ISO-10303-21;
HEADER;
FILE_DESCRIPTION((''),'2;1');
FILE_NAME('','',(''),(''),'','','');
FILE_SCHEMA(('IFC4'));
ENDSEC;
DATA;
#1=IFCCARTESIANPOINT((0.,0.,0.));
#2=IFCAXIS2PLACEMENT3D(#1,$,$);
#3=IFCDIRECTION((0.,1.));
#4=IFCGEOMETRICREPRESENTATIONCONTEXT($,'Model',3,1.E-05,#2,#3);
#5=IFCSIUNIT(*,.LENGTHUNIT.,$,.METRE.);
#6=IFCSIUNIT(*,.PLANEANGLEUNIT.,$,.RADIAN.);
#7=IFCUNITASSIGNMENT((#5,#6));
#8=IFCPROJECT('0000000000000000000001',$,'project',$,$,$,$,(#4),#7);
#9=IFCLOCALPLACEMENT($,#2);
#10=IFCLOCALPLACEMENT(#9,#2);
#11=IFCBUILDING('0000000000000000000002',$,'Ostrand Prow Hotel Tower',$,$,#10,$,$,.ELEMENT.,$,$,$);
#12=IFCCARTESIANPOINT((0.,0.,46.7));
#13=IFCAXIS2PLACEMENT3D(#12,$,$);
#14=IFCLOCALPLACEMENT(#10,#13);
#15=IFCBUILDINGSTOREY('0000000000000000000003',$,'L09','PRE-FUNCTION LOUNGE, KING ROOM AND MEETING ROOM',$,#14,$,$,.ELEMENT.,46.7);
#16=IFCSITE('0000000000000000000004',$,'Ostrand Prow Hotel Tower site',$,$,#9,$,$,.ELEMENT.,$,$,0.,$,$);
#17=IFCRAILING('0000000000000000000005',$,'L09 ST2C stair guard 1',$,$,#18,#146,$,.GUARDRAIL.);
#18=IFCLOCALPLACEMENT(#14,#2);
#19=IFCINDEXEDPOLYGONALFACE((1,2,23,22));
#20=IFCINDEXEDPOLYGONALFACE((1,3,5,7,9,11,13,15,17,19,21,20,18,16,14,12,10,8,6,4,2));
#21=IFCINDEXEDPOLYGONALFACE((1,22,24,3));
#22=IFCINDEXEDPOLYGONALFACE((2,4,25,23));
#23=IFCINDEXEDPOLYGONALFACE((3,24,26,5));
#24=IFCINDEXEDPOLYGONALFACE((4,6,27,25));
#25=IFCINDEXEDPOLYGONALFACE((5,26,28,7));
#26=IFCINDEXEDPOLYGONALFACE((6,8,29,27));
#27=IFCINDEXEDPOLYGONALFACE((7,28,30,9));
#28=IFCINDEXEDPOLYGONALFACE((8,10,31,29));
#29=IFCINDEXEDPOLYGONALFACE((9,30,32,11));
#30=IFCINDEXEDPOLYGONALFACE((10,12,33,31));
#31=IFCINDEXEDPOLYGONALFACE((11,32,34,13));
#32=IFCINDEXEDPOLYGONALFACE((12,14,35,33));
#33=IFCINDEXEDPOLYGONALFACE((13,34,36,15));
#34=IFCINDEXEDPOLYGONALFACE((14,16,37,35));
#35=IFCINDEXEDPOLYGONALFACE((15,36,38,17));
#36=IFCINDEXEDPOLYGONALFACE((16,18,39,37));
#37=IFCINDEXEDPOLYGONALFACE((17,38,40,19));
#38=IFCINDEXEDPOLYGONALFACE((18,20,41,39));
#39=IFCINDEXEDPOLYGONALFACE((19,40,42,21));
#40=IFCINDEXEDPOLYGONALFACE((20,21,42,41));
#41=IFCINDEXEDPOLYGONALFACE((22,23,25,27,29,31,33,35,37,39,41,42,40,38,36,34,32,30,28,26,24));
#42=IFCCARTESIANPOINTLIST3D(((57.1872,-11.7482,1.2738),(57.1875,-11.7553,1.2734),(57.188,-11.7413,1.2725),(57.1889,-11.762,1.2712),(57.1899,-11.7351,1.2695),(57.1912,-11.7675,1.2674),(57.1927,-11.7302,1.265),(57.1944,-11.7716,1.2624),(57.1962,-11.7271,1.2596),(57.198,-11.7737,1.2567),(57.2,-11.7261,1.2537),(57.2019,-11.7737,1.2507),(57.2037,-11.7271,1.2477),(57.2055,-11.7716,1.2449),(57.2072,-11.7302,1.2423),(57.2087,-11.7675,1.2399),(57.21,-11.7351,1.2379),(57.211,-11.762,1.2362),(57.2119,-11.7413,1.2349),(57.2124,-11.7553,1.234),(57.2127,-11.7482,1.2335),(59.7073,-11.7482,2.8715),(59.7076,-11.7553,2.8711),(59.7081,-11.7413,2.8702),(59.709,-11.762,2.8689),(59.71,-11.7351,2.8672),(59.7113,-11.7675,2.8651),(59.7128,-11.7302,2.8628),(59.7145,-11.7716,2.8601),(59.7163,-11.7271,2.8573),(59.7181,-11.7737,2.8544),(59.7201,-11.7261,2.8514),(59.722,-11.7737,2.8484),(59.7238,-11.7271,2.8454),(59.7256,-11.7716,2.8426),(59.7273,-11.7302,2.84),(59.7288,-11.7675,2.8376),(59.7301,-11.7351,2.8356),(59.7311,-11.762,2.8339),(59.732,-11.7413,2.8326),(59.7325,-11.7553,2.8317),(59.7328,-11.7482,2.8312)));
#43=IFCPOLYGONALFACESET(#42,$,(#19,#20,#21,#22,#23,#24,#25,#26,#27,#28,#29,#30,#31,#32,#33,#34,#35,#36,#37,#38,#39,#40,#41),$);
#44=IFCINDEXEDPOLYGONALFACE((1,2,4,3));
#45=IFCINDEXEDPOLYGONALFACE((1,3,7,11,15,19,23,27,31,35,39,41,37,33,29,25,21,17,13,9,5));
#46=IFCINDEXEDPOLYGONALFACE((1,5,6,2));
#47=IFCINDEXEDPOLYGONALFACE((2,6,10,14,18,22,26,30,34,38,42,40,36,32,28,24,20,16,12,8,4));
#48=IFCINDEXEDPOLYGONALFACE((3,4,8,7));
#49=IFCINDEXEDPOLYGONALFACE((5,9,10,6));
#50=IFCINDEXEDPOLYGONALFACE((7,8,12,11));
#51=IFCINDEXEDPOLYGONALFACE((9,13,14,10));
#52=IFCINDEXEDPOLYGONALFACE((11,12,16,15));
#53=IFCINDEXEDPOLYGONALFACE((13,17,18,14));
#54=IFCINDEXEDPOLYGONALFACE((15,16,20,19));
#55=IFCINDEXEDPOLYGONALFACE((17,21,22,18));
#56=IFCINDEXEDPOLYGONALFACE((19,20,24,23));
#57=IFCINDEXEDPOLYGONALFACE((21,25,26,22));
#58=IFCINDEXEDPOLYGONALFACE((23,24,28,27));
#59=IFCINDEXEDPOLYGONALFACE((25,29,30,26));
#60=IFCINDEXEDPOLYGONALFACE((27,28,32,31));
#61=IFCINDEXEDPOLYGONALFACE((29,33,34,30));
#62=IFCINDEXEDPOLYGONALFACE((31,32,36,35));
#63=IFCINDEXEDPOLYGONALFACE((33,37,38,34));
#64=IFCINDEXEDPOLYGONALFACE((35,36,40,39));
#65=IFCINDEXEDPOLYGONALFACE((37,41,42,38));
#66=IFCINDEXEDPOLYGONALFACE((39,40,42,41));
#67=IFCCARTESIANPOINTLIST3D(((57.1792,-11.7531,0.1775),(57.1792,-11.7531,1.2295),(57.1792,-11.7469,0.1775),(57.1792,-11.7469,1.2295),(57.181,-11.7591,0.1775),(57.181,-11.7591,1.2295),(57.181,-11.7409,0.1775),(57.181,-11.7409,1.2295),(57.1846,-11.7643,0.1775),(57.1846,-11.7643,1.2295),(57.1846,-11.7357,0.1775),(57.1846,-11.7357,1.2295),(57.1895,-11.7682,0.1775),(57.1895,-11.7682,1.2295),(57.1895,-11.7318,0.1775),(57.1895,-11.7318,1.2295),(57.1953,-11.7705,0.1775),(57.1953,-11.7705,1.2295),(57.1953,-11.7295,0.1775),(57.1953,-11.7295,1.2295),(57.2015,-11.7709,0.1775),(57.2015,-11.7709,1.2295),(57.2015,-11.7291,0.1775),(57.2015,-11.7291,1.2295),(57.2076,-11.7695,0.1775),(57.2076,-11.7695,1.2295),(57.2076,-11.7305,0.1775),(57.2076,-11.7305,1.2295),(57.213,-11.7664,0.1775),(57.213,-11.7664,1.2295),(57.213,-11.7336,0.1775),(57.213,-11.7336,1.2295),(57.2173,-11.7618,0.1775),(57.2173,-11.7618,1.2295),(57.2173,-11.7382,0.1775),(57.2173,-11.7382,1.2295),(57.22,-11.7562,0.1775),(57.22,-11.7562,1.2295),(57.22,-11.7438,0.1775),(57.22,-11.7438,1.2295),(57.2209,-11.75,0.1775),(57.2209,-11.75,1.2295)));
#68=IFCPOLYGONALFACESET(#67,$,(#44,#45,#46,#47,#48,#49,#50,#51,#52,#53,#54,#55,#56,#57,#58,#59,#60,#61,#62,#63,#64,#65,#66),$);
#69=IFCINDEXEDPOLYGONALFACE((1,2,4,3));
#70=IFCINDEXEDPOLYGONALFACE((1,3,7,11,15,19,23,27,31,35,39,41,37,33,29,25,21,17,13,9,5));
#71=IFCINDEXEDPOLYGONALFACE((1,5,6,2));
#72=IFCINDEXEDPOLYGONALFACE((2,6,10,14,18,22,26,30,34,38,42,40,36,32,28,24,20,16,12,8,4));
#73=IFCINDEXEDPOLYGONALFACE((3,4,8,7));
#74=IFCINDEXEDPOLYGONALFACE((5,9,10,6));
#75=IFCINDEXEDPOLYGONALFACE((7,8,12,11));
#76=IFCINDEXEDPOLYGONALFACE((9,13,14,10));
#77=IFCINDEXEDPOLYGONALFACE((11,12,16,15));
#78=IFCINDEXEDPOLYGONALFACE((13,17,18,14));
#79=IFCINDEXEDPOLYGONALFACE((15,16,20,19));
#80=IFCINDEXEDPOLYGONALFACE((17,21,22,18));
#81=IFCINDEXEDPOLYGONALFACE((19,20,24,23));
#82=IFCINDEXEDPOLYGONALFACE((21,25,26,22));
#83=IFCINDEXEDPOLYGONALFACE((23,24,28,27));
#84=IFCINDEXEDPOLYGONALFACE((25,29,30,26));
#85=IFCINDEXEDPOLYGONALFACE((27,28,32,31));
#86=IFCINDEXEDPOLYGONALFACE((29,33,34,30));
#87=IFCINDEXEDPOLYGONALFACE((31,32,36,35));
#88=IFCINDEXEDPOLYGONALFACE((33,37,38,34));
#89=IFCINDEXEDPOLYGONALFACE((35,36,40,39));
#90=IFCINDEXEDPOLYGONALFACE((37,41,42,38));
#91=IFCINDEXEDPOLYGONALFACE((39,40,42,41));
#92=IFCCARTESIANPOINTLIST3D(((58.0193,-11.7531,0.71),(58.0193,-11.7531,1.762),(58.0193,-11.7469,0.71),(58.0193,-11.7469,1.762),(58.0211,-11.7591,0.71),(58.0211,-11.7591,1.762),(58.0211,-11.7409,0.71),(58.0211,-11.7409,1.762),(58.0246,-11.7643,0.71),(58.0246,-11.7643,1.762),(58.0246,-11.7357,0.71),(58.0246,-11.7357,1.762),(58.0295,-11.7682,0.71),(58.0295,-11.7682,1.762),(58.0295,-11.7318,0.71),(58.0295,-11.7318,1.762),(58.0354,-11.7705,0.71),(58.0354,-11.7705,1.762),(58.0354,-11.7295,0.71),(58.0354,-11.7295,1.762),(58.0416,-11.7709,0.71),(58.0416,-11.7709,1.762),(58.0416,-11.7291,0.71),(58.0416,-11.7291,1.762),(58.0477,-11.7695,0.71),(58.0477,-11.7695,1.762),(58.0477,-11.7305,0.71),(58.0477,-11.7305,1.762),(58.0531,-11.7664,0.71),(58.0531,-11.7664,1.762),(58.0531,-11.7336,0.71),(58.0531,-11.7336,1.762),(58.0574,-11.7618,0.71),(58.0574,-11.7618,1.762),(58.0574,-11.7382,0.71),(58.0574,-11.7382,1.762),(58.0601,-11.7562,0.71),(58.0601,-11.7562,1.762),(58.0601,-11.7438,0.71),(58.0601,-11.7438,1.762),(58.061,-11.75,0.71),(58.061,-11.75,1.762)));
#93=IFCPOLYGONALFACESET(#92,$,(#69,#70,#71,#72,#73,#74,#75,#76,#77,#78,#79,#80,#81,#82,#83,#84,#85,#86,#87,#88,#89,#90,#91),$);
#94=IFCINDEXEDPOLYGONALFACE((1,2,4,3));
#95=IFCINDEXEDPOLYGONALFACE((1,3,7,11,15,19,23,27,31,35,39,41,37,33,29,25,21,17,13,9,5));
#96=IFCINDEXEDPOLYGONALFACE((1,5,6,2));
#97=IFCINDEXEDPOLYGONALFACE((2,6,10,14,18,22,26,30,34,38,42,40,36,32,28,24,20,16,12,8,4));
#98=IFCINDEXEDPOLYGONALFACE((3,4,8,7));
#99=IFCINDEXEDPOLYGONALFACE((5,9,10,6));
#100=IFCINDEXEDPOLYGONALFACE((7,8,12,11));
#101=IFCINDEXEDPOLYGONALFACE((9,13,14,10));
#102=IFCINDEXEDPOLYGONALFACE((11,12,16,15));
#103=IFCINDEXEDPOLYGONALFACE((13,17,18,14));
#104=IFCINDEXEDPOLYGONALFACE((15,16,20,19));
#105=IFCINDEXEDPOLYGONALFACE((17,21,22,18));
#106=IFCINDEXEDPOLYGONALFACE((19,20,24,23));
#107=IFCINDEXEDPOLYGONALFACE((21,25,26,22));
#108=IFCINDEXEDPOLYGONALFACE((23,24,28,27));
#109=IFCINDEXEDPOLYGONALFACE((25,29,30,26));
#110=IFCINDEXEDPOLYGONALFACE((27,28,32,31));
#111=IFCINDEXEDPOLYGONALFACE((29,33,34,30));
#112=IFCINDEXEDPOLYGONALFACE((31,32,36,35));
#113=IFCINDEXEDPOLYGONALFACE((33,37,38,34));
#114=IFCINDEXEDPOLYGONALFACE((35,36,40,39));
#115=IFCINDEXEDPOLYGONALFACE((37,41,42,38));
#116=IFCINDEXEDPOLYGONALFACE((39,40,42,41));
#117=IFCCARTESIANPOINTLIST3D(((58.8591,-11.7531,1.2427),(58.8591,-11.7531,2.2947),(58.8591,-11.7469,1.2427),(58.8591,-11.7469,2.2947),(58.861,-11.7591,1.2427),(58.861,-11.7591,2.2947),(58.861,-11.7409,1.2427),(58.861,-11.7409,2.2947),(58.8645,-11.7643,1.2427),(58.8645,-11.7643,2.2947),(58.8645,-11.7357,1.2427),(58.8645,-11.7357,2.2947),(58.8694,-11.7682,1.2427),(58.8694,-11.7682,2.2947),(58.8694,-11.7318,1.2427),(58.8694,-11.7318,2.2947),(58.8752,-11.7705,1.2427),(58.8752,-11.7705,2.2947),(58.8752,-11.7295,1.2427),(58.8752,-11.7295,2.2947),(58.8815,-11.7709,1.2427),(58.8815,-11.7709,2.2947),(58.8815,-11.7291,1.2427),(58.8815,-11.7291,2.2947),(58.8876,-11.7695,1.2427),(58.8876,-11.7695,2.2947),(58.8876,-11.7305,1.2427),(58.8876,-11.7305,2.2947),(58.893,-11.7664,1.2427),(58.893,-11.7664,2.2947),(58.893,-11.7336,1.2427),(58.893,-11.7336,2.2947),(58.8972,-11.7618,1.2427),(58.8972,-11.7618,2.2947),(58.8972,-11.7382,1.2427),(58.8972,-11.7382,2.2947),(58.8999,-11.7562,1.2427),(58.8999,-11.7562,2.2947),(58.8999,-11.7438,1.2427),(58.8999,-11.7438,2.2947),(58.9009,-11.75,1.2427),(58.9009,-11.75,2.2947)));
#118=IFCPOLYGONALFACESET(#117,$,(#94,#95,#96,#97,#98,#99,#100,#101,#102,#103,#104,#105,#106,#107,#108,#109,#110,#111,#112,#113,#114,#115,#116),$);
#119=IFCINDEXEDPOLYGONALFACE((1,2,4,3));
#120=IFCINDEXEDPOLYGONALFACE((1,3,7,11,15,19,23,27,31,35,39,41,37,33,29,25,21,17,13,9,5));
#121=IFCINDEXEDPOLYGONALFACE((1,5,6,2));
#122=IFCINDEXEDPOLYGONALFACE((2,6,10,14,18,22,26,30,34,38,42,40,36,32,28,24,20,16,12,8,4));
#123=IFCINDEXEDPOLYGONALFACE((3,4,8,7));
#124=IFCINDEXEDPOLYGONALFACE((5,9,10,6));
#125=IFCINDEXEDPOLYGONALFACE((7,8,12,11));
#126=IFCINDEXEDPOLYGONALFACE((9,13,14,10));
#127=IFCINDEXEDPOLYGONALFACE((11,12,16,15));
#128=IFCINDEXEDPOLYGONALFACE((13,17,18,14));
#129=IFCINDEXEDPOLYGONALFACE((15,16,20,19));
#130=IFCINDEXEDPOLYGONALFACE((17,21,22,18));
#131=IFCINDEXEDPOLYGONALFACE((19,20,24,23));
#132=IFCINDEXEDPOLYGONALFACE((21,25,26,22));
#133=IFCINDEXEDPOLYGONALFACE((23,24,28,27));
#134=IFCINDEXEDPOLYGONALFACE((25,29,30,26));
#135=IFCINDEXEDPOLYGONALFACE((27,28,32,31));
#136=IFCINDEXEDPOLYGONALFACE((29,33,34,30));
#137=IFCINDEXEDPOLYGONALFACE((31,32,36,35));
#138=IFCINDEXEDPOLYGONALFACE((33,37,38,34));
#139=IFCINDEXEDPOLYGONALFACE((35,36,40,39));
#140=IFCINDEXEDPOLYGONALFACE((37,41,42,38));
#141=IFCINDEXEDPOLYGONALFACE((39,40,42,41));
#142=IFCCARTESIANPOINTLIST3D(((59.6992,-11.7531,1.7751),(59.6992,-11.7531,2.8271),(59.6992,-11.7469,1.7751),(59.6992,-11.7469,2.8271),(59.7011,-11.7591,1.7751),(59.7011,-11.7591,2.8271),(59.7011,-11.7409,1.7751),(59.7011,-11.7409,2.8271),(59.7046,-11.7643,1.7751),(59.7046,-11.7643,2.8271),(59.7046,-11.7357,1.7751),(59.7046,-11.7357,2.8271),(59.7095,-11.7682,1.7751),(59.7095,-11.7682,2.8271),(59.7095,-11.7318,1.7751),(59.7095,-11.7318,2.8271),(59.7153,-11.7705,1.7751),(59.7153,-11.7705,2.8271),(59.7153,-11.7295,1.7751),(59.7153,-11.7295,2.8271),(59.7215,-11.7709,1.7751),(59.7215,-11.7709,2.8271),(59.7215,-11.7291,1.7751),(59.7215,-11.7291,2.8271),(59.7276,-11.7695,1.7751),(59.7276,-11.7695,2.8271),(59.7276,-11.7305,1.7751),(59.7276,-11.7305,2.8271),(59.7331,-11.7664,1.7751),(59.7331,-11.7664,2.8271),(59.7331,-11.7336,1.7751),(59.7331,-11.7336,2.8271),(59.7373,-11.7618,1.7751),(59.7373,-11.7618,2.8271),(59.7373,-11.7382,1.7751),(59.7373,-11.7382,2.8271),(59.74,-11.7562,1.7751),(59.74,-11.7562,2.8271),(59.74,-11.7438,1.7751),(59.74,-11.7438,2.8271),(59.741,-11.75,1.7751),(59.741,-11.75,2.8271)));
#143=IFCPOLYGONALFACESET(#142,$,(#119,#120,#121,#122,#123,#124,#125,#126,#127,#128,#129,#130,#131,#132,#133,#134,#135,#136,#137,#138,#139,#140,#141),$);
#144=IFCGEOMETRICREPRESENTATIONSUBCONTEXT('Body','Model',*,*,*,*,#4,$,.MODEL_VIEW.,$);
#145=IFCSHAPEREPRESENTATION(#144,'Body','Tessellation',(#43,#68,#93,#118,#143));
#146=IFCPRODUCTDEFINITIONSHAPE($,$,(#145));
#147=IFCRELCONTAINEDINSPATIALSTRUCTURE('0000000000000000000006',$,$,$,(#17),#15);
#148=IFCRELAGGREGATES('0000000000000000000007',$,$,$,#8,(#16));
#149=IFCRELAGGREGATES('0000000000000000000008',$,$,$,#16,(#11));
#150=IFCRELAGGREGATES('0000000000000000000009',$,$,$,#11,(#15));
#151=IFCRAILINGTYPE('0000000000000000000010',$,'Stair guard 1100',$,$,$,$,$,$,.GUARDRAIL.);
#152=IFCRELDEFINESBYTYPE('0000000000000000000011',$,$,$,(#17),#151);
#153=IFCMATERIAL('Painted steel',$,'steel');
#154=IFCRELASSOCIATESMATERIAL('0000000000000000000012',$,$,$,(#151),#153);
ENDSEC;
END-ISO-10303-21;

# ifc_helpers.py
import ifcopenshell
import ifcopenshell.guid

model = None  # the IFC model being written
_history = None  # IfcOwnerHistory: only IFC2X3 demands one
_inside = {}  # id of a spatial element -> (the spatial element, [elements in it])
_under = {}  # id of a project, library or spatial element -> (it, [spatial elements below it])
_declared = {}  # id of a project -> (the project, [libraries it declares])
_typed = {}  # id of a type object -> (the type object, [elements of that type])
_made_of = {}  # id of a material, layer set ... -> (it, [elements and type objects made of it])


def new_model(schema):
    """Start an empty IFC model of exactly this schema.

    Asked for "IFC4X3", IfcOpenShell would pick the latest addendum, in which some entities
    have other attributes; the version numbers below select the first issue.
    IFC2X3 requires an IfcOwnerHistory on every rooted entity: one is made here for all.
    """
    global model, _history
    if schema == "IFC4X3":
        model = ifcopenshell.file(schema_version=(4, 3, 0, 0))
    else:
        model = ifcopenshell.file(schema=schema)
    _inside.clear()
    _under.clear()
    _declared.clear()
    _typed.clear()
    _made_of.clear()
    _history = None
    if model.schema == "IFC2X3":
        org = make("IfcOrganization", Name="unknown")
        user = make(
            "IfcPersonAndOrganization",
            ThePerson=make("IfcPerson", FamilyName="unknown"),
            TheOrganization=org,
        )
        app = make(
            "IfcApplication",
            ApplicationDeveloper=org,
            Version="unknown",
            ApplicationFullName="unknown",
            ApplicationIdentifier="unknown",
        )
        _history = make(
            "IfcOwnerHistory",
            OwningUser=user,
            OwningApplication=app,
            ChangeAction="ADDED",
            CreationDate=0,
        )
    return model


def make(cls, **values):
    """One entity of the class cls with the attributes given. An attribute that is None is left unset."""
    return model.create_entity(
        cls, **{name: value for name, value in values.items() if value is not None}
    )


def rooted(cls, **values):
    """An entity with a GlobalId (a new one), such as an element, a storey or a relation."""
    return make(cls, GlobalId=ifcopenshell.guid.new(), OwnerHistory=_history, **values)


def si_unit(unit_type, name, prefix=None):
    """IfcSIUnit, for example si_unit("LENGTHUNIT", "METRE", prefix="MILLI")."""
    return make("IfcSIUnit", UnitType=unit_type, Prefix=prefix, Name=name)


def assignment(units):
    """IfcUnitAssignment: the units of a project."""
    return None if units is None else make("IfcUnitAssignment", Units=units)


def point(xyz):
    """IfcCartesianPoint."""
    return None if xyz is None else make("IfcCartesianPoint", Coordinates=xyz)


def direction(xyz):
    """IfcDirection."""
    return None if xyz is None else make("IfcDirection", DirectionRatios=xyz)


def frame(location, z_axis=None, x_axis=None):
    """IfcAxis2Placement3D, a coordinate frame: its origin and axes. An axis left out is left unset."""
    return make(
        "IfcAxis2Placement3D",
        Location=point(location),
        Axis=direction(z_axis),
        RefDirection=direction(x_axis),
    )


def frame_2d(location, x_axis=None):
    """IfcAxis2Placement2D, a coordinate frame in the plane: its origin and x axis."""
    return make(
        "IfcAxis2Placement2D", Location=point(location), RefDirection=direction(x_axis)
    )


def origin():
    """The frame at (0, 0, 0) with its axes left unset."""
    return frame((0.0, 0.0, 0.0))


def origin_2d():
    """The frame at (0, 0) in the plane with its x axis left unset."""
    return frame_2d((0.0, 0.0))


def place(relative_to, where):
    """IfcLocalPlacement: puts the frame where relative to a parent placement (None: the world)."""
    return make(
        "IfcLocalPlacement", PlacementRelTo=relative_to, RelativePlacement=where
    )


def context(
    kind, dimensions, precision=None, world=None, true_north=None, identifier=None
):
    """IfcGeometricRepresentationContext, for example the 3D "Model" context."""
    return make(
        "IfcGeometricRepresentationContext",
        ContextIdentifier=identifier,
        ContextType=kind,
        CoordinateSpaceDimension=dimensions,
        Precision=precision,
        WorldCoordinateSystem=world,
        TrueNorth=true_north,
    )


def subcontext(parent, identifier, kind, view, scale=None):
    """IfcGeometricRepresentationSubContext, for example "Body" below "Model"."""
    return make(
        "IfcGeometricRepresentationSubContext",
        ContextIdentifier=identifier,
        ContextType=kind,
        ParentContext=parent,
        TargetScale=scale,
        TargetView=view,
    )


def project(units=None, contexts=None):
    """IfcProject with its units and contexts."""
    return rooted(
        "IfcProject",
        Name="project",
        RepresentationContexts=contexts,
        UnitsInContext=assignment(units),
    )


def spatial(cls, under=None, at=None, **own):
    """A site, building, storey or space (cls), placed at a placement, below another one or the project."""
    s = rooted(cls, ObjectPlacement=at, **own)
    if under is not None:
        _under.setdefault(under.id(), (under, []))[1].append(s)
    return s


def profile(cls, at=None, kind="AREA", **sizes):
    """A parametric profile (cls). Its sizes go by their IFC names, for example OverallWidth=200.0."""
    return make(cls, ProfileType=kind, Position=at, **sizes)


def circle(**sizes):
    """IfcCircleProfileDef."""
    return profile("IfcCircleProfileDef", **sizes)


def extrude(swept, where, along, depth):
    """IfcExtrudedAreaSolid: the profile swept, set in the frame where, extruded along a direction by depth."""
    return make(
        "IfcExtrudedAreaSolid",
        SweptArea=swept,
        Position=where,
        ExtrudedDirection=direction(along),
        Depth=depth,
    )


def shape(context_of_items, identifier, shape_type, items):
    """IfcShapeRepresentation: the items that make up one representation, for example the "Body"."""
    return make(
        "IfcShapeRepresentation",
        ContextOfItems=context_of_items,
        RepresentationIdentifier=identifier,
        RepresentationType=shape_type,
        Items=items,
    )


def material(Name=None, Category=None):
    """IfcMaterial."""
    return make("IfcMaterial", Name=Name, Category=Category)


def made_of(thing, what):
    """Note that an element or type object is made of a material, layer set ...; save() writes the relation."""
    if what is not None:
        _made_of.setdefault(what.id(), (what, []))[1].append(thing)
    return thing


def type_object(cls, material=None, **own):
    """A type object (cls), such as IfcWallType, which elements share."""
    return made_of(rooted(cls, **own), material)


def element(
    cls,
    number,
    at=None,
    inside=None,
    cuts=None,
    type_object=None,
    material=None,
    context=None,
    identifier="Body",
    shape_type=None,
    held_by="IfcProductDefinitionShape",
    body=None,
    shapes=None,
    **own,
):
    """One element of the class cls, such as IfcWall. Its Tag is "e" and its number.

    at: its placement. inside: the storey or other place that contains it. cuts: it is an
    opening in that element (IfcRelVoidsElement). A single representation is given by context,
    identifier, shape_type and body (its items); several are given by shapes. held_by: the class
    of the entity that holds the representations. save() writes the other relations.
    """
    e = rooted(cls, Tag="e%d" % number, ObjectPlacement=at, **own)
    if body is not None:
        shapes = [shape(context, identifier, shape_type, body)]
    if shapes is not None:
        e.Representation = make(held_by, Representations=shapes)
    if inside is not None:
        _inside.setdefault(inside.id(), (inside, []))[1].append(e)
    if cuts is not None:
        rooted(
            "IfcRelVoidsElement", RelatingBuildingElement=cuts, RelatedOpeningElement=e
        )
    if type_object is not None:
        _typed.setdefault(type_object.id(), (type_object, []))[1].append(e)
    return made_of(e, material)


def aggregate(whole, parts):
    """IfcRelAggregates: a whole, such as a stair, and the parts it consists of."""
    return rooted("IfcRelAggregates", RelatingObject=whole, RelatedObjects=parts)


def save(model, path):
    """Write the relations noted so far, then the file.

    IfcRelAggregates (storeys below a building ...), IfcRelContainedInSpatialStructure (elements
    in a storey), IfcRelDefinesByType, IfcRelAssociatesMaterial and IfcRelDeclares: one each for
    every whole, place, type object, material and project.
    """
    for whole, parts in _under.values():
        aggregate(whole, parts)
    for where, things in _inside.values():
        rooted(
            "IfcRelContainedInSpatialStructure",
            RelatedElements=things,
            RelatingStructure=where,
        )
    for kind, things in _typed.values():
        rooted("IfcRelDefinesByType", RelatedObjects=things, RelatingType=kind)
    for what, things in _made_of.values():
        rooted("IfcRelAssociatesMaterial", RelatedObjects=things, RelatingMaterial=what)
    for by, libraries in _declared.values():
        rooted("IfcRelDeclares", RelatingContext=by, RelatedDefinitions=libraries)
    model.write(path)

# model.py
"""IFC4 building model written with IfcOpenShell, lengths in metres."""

from ifc_helpers import new_model, si_unit, direction, frame, origin, origin_2d, place, context, subcontext, project, spatial, circle, extrude, material, type_object, element, save


model = new_model("IFC4")

# Units and contexts
model_context = context("Model", 3, precision=1e-05, world=origin(), true_north=direction((0.0, 1.0)))
body_context = subcontext(model_context, "Body", "Model", "MODEL_VIEW")
ifc_project = project(units=[si_unit("LENGTHUNIT", "METRE"), si_unit("PLANEANGLEUNIT", "RADIAN")], contexts=[model_context])

# Site, building, storey
site_placement = place(None, origin())
site = spatial("IfcSite", under=ifc_project, at=site_placement, Name="Ostrand Prow Hotel Tower site", CompositionType="ELEMENT", RefElevation=0.0)
building_placement = place(site_placement, origin())
building = spatial("IfcBuilding", under=site, at=building_placement, Name="Ostrand Prow Hotel Tower", CompositionType="ELEMENT")
storey_placement = place(building_placement, frame((0.0, 0.0, 46.7)))
storey = spatial("IfcBuildingStorey", under=building, at=storey_placement, Name="L09", Description="PRE-FUNCTION LOUNGE, KING ROOM AND MEETING ROOM", CompositionType="ELEMENT", Elevation=46.7)

# Railing
ifc_material_1 = material(Name="Painted steel", Category="steel")
railing_type_1 = type_object("IfcRailingType", Name="Stair guard 1100", PredefinedType="GUARDRAIL", material=ifc_material_1)
railing_1_placement = place(storey_placement, frame((57.2, -11.75, 0.1775)))
element("IfcRailing", 1, at=railing_1_placement, inside=storey, type_object=railing_type_1, Name="L09 ST2C stair guard 1", PredefinedType="GUARDRAIL", context=body_context, shape_type="SweptSolid", body=[
    extrude(circle(Radius=0.0239, at=origin_2d()), frame((0.0, 0.0, 1.0762), z_axis=(0.84457, 0.0, 0.535445), x_axis=(0.0, 1.0, 0.0)), (0.0, 0.0, 1.0), 2.9839),
    extrude(circle(Radius=0.021, at=origin_2d()), origin(), (0.0, 0.0, 1.0), 1.052),
    extrude(circle(Radius=0.021, at=origin_2d()), frame((0.8401, 0.0, 0.5325)), (0.0, 0.0, 1.0), 1.052),
    extrude(circle(Radius=0.021, at=origin_2d()), frame((1.6799, 0.0, 1.0652)), (0.0, 0.0, 1.0), 1.052),
    extrude(circle(Radius=0.021, at=origin_2d()), frame((2.52, 0.0, 1.5977)), (0.0, 0.0, 1.0), 1.052),
])

save(model, "model.ifc")
